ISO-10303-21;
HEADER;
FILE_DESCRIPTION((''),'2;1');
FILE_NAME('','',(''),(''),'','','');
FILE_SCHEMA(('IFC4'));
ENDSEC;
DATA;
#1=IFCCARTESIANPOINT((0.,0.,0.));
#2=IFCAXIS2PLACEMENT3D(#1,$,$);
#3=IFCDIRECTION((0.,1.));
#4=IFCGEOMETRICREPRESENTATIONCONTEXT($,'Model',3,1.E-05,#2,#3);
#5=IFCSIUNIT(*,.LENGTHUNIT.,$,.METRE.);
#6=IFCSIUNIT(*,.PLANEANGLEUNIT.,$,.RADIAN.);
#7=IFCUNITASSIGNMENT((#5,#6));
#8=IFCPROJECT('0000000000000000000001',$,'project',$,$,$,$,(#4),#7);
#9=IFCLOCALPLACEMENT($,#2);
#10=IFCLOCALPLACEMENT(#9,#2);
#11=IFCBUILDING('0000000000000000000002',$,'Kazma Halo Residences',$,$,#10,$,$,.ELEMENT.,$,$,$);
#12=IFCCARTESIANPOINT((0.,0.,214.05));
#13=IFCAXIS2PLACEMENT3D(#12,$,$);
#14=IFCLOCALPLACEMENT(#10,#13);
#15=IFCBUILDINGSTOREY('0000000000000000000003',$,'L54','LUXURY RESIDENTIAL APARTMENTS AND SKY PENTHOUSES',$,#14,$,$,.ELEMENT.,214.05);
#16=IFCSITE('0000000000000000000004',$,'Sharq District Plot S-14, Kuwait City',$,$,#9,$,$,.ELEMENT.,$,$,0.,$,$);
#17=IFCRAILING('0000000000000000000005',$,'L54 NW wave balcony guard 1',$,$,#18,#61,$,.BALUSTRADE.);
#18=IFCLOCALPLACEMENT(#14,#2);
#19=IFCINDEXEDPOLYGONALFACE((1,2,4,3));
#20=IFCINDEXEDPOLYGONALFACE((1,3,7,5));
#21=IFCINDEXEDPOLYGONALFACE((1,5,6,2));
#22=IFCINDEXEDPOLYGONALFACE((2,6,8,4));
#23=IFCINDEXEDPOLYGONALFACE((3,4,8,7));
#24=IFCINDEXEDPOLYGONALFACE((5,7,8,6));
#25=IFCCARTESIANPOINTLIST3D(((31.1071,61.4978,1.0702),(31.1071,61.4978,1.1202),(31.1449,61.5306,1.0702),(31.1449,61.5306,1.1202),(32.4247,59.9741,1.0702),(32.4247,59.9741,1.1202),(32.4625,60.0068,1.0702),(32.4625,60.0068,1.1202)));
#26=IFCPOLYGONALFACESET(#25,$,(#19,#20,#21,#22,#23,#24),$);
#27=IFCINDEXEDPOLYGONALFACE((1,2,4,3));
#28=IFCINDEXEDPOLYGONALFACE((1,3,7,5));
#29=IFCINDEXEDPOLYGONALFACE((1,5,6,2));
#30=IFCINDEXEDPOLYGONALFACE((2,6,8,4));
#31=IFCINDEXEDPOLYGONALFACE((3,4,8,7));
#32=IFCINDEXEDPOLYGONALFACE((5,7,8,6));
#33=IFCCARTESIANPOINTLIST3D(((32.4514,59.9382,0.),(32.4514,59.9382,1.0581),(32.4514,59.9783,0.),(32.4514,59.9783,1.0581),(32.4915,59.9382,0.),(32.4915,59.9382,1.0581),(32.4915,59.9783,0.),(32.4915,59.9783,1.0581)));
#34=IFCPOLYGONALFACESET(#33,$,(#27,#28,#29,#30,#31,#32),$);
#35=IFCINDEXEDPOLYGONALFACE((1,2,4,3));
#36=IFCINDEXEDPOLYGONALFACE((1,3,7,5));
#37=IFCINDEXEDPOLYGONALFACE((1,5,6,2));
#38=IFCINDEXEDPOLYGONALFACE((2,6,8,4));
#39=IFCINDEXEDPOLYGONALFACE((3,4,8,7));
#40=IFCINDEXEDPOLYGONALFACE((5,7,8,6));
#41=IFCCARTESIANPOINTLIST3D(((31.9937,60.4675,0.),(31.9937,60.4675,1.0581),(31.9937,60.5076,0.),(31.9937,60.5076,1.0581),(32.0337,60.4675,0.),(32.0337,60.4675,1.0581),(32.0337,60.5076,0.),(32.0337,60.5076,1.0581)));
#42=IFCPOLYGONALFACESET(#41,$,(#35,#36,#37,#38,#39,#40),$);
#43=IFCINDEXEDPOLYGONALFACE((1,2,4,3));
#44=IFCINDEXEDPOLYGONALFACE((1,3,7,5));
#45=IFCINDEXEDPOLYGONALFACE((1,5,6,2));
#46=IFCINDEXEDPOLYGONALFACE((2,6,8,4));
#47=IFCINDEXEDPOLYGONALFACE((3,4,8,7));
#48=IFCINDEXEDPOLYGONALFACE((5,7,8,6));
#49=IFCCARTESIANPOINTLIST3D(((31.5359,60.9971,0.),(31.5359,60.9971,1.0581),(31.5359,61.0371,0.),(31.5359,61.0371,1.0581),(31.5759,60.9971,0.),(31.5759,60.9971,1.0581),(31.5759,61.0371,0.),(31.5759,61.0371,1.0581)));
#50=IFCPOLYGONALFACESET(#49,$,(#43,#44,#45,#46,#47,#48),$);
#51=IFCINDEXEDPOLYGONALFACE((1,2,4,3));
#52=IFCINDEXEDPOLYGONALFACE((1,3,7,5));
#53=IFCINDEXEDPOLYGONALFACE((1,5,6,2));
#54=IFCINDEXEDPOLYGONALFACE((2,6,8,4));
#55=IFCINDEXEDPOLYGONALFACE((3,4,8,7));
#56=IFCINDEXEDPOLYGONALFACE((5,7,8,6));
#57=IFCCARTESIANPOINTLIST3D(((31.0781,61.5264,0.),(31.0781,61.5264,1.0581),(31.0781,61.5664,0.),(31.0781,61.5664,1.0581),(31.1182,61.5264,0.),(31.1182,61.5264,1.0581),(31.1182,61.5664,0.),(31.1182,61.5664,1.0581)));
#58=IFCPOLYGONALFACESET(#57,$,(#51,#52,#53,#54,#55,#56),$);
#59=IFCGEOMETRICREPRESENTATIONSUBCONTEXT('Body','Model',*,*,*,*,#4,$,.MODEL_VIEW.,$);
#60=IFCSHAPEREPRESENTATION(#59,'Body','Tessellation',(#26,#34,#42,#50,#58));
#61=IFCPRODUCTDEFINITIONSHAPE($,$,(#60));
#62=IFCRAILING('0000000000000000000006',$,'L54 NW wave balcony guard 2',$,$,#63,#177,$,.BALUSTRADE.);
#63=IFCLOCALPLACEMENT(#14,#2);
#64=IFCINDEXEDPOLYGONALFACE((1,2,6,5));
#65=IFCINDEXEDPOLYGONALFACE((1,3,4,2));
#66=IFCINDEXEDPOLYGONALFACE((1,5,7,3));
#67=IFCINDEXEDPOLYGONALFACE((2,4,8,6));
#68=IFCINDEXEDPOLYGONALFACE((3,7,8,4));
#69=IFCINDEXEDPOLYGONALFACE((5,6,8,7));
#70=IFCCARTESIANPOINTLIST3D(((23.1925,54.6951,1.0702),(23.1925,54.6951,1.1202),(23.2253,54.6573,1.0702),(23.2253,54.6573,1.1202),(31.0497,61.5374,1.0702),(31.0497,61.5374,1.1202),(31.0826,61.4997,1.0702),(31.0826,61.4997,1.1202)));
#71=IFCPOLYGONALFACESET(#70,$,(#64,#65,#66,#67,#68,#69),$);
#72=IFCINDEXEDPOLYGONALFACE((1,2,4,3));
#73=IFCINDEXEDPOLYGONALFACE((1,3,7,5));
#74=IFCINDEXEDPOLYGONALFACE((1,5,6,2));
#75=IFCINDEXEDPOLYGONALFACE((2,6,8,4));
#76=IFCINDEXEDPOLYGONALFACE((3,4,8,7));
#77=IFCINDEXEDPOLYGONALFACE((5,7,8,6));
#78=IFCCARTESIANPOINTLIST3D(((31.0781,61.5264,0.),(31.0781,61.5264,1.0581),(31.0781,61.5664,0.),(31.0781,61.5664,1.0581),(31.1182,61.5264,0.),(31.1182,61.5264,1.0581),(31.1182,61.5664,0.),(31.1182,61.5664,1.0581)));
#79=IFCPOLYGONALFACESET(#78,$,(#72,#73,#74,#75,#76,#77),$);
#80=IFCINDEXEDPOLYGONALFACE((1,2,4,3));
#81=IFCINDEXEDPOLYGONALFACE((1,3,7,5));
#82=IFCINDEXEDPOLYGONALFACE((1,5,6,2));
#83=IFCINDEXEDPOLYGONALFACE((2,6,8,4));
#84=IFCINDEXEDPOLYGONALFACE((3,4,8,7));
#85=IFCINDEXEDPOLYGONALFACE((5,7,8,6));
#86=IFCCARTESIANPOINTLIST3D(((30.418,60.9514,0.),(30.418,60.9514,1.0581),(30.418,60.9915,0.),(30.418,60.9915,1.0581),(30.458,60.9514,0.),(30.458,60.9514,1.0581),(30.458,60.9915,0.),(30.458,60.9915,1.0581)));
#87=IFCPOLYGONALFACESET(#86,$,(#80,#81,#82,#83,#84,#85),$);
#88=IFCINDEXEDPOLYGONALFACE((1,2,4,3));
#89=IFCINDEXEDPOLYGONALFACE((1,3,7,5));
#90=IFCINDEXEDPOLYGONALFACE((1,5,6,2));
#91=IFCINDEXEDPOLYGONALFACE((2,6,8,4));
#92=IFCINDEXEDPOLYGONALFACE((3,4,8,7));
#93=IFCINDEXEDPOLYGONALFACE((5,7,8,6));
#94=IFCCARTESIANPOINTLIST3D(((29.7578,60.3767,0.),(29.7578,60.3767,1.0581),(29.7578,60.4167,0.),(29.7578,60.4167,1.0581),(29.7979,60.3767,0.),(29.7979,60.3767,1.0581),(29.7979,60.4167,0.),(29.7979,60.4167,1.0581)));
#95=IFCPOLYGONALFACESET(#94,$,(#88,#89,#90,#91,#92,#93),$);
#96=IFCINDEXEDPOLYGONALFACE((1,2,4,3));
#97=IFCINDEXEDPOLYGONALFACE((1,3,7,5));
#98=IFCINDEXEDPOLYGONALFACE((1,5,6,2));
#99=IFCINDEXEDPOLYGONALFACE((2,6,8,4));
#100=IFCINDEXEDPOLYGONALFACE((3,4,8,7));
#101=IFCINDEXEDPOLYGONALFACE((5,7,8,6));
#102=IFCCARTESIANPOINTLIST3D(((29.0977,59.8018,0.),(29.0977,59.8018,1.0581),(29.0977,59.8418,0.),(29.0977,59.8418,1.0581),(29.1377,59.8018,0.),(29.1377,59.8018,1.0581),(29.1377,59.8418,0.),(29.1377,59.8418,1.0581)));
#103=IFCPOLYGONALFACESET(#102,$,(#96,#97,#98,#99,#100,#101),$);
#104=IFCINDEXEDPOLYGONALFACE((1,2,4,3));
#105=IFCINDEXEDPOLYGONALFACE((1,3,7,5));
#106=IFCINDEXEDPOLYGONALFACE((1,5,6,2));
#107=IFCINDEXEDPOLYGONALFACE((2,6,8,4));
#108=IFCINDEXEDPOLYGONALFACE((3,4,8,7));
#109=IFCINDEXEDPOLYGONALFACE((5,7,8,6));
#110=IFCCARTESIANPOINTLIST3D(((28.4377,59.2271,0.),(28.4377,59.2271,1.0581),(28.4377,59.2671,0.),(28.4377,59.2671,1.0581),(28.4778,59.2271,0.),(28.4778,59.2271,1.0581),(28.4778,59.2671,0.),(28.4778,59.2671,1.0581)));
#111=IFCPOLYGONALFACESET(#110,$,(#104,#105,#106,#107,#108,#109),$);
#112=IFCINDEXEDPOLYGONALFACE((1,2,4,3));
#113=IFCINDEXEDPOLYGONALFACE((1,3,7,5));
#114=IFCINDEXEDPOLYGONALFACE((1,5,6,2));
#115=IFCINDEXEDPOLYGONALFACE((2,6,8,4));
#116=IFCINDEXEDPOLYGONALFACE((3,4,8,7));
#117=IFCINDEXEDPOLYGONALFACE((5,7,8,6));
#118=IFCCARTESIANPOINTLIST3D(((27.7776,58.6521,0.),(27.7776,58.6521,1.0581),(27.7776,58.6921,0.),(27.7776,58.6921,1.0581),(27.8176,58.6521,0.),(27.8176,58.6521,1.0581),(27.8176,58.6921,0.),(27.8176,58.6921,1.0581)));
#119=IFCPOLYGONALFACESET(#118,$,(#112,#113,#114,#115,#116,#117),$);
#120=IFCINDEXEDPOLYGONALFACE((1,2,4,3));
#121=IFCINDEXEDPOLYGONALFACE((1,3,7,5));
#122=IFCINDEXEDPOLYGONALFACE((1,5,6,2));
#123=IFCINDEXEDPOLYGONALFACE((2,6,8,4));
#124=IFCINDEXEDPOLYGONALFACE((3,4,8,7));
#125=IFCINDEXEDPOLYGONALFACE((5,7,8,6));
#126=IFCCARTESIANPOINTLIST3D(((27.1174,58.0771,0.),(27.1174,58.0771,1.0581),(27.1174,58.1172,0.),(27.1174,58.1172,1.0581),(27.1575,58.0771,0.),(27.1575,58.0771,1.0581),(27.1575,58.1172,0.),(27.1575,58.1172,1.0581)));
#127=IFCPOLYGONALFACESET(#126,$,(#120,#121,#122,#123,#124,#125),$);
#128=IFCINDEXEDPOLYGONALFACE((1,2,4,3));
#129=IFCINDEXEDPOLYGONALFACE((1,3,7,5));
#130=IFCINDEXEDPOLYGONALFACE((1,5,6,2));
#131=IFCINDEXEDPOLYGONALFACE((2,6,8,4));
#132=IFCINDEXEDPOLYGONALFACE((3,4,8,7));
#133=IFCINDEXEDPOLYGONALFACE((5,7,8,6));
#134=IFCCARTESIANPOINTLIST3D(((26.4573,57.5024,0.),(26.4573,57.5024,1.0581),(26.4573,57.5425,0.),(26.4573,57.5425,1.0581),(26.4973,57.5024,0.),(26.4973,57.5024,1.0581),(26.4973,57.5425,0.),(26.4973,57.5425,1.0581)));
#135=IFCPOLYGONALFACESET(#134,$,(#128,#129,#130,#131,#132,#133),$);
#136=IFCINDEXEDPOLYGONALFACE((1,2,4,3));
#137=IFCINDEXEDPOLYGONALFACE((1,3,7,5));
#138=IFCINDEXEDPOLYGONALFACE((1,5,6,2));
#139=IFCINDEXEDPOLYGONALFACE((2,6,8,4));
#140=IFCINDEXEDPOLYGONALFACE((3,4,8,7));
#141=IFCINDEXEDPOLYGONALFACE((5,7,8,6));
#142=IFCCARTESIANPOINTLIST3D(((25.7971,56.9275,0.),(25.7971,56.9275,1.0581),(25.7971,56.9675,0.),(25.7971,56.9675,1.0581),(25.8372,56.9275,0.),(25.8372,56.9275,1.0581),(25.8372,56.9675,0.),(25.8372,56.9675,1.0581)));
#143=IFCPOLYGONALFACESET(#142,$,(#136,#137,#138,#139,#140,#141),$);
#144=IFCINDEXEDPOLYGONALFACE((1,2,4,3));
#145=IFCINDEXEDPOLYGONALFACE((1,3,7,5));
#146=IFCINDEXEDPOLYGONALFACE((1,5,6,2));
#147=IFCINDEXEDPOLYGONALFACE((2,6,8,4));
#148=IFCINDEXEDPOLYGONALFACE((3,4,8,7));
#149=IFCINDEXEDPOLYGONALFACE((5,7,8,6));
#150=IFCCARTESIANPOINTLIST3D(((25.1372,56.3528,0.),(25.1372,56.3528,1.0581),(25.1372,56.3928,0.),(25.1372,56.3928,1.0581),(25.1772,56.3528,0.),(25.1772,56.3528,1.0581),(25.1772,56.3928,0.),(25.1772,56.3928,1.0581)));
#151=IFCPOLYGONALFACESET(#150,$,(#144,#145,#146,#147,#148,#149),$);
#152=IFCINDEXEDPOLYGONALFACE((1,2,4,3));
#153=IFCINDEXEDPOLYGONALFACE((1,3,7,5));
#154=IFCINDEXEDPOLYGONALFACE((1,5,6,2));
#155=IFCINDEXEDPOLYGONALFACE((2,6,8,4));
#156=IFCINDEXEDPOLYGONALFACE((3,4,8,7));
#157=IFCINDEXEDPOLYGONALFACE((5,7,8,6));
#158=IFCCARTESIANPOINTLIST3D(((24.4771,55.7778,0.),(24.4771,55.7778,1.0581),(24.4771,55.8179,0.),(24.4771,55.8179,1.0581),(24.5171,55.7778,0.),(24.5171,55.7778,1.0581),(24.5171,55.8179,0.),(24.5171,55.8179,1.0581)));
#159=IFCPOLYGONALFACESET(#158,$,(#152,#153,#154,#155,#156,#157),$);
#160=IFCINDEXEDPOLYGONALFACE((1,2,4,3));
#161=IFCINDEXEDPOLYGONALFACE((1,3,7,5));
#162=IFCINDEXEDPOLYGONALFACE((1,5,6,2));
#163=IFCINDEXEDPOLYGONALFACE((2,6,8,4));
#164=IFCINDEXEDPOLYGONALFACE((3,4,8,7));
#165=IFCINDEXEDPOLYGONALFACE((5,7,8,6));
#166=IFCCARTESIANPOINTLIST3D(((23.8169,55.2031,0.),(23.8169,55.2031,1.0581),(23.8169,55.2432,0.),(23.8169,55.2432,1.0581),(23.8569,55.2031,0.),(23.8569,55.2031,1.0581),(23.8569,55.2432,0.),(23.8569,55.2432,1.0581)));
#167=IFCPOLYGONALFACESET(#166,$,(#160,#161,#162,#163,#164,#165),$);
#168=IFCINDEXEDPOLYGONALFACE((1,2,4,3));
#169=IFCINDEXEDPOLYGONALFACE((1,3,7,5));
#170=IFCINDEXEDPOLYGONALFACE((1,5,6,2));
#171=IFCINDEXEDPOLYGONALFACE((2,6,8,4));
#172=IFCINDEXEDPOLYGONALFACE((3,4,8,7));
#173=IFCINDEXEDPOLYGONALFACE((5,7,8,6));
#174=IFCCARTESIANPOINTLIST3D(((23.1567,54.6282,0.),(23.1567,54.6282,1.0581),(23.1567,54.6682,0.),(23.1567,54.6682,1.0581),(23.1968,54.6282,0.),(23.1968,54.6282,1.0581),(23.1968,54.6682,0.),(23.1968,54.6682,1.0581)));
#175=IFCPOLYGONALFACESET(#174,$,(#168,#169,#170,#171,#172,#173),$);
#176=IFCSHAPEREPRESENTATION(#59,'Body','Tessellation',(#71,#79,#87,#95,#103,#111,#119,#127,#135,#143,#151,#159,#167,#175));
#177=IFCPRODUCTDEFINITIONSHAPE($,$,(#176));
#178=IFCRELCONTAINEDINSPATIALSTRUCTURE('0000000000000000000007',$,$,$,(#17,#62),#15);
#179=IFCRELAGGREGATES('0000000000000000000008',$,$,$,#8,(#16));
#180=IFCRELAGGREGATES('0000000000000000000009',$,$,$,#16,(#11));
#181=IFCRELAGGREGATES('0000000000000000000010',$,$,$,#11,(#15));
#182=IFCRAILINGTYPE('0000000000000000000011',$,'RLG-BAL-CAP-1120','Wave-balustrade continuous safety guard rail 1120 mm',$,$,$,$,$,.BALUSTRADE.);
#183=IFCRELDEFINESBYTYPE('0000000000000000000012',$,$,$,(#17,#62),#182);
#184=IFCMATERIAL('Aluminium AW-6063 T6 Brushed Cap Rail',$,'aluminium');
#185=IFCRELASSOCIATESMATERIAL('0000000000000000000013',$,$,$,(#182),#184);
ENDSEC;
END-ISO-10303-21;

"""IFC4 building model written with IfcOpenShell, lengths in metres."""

from ifc_helpers import new_model, si_unit, direction, frame, origin, origin_2d, place, context, subcontext, project, spatial, rectangle, extrude, material, type_object, element, save


model = new_model("IFC4")

# Units and contexts
model_context = context("Model", 3, precision=1e-05, world=origin(), true_north=direction((0.0, 1.0)))
body_context = subcontext(model_context, "Body", "Model", "MODEL_VIEW")
ifc_project = project(units=[si_unit("LENGTHUNIT", "METRE"), si_unit("PLANEANGLEUNIT", "RADIAN")], contexts=[model_context])

# Site, building, storey
site_placement = place(None, origin())
site = spatial("IfcSite", under=ifc_project, at=site_placement, Name="Sharq District Plot S-14, Kuwait City", CompositionType="ELEMENT", RefElevation=0.0)
building_placement = place(site_placement, origin())
building = spatial("IfcBuilding", under=site, at=building_placement, Name="Kazma Halo Residences", CompositionType="ELEMENT")
storey_placement = place(building_placement, frame((0.0, 0.0, 214.05)))
storey = spatial("IfcBuildingStorey", under=building, at=storey_placement, Name="L54", Description="LUXURY RESIDENTIAL APARTMENTS AND SKY PENTHOUSES", CompositionType="ELEMENT", Elevation=214.05)

# Railings
ifc_material_1 = material(Name="Aluminium AW-6063 T6 Brushed Cap Rail", Category="aluminium")
railing_type = type_object("IfcRailingType", Name="RLG-BAL-CAP-1120", Description="Wave-balustrade continuous safety guard rail 1120 mm", PredefinedType="BALUSTRADE", material=ifc_material_1)
railing_1_placement = place(storey_placement, frame((32.4714, 59.9583, 0.0)))
element("IfcRailing", 1, at=railing_1_placement, inside=storey, type_object=railing_type, Name="L54 NW wave balcony guard 1", PredefinedType="BALUSTRADE", context=body_context, shape_type="SweptSolid", body=[
    extrude(rectangle(XDim=0.05, YDim=0.05, at=origin_2d()), frame((-0.0278, 0.0322, 1.0952), z_axis=(-0.654089, 0.756418, 0.0), x_axis=(-0.756418, -0.654089, 0.0)), (0.0, 0.0, 1.0), 2.0144),
    extrude(rectangle(XDim=0.04, YDim=0.04, at=origin_2d()), origin(), (0.0, 0.0, 1.0), 1.0581),
    extrude(rectangle(XDim=0.04, YDim=0.04, at=origin_2d()), frame((-0.4578, 0.5293, 0.0)), (0.0, 0.0, 1.0), 1.0581),
    extrude(rectangle(XDim=0.04, YDim=0.04, at=origin_2d()), frame((-0.9155, 1.0588, 0.0)), (0.0, 0.0, 1.0), 1.0581),
    extrude(rectangle(XDim=0.04, YDim=0.04, at=origin_2d()), frame((-1.3733, 1.5881, 0.0)), (0.0, 0.0, 1.0), 1.0581),
])
railing_2_placement = place(storey_placement, frame((31.0981, 61.5464, 0.0)))
element("IfcRailing", 2, at=railing_2_placement, inside=storey, type_object=railing_type, Name="L54 NW wave balcony guard 2", PredefinedType="BALUSTRADE", context=body_context, shape_type="SweptSolid", body=[
    extrude(rectangle(XDim=0.05, YDim=0.05, at=origin_2d()), frame((-0.032, -0.0278, 1.0952), z_axis=(-0.754132, -0.656722, 0.0), x_axis=(0.656722, -0.754132, 0.0)), (0.0, 0.0, 1.0), 10.4189),
    extrude(rectangle(XDim=0.04, YDim=0.04, at=origin_2d()), origin(), (0.0, 0.0, 1.0), 1.0581),
    extrude(rectangle(XDim=0.04, YDim=0.04, at=origin_2d()), frame((-0.6602, -0.575, 0.0)), (0.0, 0.0, 1.0), 1.0581),
    extrude(rectangle(XDim=0.04, YDim=0.04, at=origin_2d()), frame((-1.3203, -1.1497, 0.0)), (0.0, 0.0, 1.0), 1.0581),
    extrude(rectangle(XDim=0.04, YDim=0.04, at=origin_2d()), frame((-1.9805, -1.7246, 0.0)), (0.0, 0.0, 1.0), 1.0581),
    extrude(rectangle(XDim=0.04, YDim=0.04, at=origin_2d()), frame((-2.6404, -2.2993, 0.0)), (0.0, 0.0, 1.0), 1.0581),
    extrude(rectangle(XDim=0.04, YDim=0.04, at=origin_2d()), frame((-3.3005, -2.8743, 0.0)), (0.0, 0.0, 1.0), 1.0581),
    extrude(rectangle(XDim=0.04, YDim=0.04, at=origin_2d()), frame((-3.9607, -3.4492, 0.0)), (0.0, 0.0, 1.0), 1.0581),
    extrude(rectangle(XDim=0.04, YDim=0.04, at=origin_2d()), frame((-4.6208, -4.0239, 0.0)), (0.0, 0.0, 1.0), 1.0581),
    extrude(rectangle(XDim=0.04, YDim=0.04, at=origin_2d()), frame((-5.281, -4.5989, 0.0)), (0.0, 0.0, 1.0), 1.0581),
    extrude(rectangle(XDim=0.04, YDim=0.04, at=origin_2d()), frame((-5.9409, -5.1736, 0.0)), (0.0, 0.0, 1.0), 1.0581),
    extrude(rectangle(XDim=0.04, YDim=0.04, at=origin_2d()), frame((-6.6011, -5.7485, 0.0)), (0.0, 0.0, 1.0), 1.0581),
    extrude(rectangle(XDim=0.04, YDim=0.04, at=origin_2d()), frame((-7.2612, -6.3232, 0.0)), (0.0, 0.0, 1.0), 1.0581),
    extrude(rectangle(XDim=0.04, YDim=0.04, at=origin_2d()), frame((-7.9214, -6.8982, 0.0)), (0.0, 0.0, 1.0), 1.0581),
])

save(model, "model.ifc")
